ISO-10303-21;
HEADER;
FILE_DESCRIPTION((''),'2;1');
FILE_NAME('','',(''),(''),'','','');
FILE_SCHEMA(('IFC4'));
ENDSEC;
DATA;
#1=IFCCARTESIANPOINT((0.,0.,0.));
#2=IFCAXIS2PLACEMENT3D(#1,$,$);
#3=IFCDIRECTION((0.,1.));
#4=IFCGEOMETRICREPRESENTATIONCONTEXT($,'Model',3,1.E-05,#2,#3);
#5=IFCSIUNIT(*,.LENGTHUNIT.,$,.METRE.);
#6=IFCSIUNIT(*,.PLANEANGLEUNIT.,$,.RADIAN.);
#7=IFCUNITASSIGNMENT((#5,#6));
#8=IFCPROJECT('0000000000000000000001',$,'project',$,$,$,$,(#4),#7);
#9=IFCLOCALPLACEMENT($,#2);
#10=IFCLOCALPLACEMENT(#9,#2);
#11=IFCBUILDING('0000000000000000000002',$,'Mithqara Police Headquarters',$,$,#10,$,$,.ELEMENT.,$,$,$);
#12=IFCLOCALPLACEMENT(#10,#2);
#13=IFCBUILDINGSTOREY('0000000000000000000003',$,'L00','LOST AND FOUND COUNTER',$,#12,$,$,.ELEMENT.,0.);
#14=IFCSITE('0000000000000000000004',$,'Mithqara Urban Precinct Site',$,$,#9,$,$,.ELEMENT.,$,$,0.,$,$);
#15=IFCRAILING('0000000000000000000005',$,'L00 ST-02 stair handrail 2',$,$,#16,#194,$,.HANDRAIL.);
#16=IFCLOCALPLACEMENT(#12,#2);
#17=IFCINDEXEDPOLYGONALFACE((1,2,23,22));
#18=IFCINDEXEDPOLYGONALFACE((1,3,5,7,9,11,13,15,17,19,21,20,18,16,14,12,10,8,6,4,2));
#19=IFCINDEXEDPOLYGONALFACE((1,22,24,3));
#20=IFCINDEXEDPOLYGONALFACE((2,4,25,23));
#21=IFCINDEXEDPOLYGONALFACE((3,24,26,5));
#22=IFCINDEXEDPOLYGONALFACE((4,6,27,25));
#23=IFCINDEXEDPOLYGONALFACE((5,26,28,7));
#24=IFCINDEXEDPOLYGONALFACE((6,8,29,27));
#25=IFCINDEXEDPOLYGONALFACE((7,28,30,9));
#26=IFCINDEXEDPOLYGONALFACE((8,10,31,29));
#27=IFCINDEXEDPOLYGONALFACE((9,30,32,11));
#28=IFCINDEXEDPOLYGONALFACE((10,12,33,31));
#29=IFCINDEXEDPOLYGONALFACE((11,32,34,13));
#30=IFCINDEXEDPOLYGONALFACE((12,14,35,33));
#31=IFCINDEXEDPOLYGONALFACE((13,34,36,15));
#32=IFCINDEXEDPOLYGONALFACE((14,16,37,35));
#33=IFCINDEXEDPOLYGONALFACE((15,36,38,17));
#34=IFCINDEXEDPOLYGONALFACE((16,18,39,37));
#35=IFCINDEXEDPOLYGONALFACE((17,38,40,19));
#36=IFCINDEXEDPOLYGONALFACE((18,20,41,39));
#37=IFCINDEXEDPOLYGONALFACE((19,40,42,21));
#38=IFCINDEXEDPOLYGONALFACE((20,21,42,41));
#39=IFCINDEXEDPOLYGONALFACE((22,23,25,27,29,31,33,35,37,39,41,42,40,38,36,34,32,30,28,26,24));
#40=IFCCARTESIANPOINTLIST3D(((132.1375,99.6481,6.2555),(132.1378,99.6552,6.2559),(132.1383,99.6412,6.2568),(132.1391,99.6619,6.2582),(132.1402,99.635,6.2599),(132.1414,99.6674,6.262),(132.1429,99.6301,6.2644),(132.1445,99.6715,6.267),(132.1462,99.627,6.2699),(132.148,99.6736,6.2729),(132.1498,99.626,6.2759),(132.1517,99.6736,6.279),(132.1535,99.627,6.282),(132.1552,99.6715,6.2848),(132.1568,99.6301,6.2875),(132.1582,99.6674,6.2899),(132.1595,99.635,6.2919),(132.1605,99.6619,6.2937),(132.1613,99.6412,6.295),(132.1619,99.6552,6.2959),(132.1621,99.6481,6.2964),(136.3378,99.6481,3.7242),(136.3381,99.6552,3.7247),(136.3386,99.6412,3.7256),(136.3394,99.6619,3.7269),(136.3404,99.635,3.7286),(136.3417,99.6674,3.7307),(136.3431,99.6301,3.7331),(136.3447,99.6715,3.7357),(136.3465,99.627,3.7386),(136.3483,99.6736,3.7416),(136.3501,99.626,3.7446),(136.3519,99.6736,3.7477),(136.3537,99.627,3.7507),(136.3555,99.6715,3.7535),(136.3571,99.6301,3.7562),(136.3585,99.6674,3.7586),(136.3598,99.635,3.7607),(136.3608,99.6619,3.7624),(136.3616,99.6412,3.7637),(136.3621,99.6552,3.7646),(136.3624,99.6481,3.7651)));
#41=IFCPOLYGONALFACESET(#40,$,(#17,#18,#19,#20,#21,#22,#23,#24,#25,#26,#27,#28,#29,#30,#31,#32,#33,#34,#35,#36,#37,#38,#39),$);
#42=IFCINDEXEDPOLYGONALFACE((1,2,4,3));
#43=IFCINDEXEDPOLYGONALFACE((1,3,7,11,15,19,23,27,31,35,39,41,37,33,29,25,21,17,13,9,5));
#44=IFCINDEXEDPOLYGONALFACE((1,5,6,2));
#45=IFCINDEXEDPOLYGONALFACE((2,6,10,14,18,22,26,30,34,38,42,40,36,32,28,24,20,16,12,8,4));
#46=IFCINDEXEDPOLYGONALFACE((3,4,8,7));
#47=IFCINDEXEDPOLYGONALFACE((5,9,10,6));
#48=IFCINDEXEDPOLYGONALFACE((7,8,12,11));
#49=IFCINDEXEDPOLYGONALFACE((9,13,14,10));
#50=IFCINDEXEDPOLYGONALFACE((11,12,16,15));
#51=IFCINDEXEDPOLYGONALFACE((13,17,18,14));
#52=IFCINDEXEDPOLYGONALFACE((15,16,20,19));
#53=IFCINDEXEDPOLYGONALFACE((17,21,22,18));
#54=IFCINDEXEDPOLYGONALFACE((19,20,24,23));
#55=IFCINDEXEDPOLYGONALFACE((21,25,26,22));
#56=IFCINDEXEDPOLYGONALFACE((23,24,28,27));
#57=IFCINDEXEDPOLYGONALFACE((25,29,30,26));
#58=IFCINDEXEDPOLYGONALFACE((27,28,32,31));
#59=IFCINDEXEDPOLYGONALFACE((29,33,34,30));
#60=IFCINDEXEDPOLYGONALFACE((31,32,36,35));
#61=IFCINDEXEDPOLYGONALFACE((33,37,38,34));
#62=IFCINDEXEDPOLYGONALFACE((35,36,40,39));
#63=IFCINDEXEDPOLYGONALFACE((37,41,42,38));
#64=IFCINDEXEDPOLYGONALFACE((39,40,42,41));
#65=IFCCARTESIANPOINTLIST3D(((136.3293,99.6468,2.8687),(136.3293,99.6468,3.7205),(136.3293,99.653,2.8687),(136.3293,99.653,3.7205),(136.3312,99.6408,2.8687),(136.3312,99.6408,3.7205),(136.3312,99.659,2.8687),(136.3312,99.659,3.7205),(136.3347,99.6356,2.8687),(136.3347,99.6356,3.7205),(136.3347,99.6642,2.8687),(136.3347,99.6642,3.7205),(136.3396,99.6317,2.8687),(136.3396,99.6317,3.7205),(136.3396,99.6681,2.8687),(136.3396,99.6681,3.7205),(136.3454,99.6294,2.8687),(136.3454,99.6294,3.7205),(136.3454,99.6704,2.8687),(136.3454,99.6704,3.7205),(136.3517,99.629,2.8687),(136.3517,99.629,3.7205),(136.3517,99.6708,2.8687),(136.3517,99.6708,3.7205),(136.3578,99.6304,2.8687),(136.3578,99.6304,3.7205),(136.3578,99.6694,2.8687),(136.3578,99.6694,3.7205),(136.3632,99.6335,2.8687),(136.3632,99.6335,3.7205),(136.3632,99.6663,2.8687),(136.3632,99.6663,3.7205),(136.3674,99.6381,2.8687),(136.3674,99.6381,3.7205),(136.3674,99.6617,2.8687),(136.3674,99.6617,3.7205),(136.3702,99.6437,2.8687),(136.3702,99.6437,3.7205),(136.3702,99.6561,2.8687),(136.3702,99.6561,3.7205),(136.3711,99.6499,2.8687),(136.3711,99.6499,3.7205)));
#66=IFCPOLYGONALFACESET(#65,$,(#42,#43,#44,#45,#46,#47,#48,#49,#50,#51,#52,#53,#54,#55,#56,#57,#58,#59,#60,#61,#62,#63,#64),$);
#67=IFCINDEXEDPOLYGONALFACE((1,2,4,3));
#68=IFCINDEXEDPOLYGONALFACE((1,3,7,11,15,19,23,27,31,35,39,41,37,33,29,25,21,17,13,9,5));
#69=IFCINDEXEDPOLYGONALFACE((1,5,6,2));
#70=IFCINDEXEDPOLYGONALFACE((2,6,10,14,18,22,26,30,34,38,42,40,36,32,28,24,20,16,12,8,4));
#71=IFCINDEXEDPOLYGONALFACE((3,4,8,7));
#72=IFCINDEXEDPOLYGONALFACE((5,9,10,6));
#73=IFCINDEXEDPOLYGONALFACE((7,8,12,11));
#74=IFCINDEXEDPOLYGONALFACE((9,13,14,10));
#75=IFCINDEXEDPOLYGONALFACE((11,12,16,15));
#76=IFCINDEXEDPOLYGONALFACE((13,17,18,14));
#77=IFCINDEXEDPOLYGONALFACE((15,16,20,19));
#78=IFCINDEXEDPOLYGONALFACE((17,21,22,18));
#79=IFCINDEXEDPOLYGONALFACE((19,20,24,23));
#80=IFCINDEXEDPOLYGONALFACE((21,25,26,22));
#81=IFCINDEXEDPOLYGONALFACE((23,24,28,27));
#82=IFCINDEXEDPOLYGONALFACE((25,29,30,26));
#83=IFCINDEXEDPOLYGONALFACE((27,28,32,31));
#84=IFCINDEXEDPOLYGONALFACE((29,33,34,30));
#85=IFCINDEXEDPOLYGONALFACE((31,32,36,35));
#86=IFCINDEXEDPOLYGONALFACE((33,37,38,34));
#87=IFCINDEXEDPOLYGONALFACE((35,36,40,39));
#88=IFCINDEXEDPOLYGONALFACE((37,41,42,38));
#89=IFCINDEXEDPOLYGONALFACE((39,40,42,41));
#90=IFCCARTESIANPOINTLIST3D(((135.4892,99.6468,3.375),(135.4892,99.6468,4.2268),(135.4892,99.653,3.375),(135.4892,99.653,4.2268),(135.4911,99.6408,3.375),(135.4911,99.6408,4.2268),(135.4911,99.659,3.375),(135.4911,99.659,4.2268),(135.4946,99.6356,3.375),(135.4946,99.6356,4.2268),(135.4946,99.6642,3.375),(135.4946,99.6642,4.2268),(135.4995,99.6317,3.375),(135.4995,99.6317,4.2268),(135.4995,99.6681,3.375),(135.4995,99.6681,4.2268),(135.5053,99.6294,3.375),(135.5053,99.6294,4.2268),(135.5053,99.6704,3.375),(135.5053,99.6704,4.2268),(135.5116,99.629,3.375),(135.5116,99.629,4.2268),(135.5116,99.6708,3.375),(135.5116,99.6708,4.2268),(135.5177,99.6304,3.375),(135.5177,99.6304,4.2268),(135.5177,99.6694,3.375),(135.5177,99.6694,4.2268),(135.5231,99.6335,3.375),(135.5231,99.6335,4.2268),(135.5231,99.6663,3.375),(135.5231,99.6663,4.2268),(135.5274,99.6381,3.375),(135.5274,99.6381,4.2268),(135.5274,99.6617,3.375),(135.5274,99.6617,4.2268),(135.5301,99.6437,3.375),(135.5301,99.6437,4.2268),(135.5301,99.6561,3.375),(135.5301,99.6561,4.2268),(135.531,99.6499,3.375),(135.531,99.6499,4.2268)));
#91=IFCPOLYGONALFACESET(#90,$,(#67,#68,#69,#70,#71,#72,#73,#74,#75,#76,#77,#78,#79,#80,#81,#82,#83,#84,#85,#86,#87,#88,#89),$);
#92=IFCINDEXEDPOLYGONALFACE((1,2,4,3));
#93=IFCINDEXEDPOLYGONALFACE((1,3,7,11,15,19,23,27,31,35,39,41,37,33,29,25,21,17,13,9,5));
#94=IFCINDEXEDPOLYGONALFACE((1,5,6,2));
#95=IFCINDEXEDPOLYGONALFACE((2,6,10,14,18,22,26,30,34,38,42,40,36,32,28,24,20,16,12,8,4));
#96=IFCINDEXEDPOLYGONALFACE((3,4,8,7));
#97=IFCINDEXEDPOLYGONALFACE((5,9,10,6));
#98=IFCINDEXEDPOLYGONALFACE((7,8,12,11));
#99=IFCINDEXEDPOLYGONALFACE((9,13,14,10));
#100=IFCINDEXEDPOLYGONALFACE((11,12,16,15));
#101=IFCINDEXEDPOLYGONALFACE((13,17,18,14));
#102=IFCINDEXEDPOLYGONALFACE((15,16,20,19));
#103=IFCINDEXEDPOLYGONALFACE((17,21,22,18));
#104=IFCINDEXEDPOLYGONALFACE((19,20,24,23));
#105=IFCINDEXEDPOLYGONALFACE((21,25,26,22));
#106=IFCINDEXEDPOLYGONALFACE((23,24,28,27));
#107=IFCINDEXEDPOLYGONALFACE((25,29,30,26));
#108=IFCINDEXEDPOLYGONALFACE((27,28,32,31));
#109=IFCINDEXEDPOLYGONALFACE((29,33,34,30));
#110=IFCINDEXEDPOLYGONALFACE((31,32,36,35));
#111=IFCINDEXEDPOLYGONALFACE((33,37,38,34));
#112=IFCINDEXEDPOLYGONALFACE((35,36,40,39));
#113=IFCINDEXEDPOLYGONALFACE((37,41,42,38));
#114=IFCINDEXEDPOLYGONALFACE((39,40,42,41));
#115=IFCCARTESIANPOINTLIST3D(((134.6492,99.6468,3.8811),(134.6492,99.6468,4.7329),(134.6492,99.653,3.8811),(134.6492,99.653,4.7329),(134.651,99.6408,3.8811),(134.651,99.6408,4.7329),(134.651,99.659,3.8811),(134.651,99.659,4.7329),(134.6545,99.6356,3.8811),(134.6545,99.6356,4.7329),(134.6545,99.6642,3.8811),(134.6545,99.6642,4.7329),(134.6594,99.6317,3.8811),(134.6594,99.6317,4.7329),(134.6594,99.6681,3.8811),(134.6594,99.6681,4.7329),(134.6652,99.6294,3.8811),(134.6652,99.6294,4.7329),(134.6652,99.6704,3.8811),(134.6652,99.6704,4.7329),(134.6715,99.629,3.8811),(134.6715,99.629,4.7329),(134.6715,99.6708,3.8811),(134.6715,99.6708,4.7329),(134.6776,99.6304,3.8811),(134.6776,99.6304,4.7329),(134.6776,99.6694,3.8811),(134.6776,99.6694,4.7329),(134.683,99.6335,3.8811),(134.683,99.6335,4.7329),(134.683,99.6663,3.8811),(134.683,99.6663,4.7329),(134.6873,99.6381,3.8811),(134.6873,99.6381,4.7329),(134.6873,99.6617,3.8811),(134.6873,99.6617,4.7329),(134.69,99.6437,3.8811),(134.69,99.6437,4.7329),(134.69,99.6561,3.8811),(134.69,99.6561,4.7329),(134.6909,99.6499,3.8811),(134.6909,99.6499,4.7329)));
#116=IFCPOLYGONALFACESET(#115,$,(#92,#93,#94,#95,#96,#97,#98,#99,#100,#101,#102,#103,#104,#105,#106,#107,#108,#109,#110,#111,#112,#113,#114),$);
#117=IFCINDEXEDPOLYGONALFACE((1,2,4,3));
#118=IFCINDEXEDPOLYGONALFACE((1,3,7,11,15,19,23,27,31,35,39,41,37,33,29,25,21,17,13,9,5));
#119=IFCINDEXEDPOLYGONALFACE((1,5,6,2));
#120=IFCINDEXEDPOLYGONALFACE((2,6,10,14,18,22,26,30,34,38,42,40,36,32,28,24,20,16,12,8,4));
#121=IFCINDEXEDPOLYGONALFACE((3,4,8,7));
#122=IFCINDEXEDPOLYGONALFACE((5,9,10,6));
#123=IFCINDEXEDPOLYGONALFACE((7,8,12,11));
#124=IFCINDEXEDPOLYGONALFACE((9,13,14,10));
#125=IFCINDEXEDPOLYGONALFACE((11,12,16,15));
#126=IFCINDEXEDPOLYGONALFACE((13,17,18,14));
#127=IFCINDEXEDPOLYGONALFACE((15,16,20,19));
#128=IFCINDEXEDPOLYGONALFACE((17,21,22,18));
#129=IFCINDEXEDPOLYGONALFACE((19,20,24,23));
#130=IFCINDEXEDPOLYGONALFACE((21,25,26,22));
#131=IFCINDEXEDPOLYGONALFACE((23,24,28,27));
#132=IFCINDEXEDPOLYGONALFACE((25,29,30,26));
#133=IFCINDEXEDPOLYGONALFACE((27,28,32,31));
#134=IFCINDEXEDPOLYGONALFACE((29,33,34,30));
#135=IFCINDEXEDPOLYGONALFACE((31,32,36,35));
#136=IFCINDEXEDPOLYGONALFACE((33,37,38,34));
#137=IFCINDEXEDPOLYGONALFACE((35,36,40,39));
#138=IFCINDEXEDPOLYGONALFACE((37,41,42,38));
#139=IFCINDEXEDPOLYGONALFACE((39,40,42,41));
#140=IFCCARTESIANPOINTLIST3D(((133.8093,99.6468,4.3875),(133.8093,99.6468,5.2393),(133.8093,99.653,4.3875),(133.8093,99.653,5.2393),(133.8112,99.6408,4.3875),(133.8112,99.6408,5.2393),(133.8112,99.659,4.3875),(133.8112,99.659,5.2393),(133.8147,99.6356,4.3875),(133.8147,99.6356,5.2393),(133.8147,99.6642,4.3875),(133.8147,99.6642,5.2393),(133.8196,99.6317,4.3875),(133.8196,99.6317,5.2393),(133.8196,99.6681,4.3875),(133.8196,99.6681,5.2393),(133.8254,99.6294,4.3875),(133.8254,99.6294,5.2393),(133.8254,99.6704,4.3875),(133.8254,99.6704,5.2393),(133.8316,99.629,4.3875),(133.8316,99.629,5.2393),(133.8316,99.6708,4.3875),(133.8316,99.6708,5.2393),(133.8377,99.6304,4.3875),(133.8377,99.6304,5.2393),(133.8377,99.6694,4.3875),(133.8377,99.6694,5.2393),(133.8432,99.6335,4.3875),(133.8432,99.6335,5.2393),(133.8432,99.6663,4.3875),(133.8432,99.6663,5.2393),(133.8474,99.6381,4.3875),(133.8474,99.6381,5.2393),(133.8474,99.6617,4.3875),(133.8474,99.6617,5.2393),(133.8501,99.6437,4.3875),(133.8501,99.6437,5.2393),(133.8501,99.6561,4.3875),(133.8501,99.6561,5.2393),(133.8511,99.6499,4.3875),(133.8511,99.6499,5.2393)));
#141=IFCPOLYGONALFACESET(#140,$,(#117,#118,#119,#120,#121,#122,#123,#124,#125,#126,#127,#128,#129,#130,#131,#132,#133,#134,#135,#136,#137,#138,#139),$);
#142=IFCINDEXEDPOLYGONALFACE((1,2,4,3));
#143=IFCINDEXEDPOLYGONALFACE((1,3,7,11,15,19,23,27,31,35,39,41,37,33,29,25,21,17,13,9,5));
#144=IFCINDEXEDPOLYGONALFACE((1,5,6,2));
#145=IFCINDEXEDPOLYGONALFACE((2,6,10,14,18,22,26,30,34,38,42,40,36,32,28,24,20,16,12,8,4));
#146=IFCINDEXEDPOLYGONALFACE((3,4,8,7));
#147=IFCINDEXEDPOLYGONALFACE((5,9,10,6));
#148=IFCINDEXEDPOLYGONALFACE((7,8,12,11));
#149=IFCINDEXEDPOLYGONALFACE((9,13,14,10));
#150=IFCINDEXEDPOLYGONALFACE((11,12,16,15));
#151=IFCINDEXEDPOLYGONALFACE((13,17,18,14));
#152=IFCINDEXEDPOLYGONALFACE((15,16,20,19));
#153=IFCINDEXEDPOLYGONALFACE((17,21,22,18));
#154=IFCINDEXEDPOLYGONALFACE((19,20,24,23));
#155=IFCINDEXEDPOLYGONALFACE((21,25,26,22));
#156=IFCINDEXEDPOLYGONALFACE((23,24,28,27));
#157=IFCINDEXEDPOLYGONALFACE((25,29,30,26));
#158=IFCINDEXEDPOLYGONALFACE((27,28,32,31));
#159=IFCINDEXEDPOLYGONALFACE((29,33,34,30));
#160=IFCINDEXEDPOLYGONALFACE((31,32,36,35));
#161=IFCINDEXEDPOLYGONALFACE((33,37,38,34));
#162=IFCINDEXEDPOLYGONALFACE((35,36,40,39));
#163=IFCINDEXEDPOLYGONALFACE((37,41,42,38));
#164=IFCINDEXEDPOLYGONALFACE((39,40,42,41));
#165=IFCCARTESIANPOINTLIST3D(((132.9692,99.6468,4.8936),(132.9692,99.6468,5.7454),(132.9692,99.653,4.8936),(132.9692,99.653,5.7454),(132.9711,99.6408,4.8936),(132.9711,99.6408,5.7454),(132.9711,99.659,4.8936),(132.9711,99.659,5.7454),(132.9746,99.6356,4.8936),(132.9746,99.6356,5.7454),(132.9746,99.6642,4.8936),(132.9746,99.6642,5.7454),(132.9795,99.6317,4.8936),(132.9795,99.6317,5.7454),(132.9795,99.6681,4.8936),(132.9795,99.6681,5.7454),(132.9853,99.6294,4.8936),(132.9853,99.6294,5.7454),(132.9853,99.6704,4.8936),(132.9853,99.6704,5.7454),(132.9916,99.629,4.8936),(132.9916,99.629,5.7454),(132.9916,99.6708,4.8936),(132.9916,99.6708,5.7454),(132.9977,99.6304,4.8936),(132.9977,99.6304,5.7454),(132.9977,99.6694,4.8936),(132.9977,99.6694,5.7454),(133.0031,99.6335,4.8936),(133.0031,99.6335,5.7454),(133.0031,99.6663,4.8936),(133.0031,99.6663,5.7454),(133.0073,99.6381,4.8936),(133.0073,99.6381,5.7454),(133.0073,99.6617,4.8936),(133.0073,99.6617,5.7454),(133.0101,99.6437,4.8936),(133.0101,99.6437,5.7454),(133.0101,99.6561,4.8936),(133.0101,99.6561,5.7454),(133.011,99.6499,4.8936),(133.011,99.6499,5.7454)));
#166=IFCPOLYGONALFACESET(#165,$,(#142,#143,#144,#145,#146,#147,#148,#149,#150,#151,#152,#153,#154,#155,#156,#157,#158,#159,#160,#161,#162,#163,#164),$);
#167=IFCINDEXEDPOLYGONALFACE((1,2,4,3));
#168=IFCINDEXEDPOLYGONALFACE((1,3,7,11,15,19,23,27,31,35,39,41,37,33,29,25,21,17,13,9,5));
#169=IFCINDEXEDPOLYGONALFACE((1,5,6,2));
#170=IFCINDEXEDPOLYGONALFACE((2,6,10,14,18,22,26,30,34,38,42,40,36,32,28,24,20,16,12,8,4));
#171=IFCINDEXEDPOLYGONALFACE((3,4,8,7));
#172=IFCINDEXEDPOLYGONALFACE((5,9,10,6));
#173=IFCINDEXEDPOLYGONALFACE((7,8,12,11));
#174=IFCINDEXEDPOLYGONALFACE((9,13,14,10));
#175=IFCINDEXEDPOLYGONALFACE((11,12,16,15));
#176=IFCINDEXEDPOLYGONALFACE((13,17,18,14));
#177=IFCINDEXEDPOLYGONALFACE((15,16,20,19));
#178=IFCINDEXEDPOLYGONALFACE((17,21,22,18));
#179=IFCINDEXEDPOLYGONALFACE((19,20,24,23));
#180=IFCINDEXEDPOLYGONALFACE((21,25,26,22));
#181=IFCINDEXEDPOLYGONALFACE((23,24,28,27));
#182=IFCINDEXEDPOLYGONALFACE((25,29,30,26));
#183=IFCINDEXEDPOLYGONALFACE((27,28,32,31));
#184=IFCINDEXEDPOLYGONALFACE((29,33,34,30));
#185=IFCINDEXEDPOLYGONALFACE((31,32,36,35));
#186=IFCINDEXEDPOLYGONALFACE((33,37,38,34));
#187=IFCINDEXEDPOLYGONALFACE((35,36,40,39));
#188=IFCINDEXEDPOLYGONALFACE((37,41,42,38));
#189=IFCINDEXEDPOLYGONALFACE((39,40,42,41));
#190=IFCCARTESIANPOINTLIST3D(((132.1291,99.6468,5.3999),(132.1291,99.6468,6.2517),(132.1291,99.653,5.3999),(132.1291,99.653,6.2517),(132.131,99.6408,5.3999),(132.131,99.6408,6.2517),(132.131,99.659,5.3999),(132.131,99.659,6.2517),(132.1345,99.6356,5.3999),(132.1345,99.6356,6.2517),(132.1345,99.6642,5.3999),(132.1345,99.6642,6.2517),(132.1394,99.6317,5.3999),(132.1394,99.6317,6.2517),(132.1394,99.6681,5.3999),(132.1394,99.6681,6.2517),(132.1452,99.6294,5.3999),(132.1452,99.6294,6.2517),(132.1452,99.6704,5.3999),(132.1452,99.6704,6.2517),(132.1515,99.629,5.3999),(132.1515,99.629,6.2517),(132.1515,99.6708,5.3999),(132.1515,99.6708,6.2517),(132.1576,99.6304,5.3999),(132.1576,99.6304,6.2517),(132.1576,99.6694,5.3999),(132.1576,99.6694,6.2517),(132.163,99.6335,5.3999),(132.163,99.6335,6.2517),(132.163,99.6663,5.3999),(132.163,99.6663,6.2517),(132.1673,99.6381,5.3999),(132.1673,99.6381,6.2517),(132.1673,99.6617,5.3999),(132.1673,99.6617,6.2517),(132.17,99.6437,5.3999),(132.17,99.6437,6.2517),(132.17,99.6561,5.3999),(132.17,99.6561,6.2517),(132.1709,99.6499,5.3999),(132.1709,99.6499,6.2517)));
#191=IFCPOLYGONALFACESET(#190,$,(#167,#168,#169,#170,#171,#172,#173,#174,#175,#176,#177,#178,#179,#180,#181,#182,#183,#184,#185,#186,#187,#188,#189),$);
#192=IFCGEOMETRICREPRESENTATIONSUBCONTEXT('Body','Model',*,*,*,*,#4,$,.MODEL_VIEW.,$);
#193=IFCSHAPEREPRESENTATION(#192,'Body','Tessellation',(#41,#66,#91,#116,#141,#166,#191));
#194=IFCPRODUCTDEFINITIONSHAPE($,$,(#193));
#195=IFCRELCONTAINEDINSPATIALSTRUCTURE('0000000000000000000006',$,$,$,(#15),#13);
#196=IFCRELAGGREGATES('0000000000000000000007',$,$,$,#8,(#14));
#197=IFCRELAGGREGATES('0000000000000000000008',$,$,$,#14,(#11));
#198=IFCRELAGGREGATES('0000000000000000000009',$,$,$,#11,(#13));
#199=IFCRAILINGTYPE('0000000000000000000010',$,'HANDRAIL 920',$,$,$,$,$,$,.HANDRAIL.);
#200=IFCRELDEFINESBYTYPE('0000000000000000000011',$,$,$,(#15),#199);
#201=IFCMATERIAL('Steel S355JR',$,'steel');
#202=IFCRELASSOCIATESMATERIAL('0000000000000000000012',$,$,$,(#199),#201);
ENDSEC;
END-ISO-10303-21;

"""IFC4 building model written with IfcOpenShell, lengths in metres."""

from ifc_helpers import new_model, si_unit, direction, frame, origin, origin_2d, place, context, subcontext, project, spatial, circle, extrude, material, type_object, element, save


model = new_model("IFC4")

# Units and contexts
model_context = context("Model", 3, precision=1e-05, world=origin(), true_north=direction((0.0, 1.0)))
body_context = subcontext(model_context, "Body", "Model", "MODEL_VIEW")
ifc_project = project(units=[si_unit("LENGTHUNIT", "METRE"), si_unit("PLANEANGLEUNIT", "RADIAN")], contexts=[model_context])

# Site, building, storey
site_placement = place(None, origin())
site = spatial("IfcSite", under=ifc_project, at=site_placement, Name="Mithqara Urban Precinct Site", CompositionType="ELEMENT", RefElevation=0.0)
building_placement = place(site_placement, origin())
building = spatial("IfcBuilding", under=site, at=building_placement, Name="Mithqara Police Headquarters", CompositionType="ELEMENT")
storey_placement = place(building_placement, origin())
storey = spatial("IfcBuildingStorey", under=building, at=storey_placement, Name="L00", Description="LOST AND FOUND COUNTER", CompositionType="ELEMENT", Elevation=0.0)

# Shared definitions
ifc_material_1 = material(Name="Steel S355JR", Category="steel")

# Railing
railing_type_1 = type_object("IfcRailingType", Name="HANDRAIL 920", PredefinedType="HANDRAIL", material=ifc_material_1)
railing_1_placement = place(storey_placement, frame((136.3501, 99.6499, 2.8687)))
element("IfcRailing", 1, at=railing_1_placement, inside=storey, type_object=railing_type_1, Name="L00 ST-02 stair handrail 2", PredefinedType="HANDRAIL", context=body_context, shape_type="SweptSolid", body=[
    extrude(circle(Radius=0.0239, at=origin_2d()), frame((0.0, 0.0, 0.876), z_axis=(-0.85649, 0.0, 0.516164), x_axis=(0.0, -1.0, 0.0)), (0.0, 0.0, 1.0), 4.9041),
    extrude(circle(Radius=0.021, at=origin_2d()), origin(), (0.0, 0.0, 1.0), 0.8518),
    extrude(circle(Radius=0.021, at=origin_2d()), frame((-0.8401, 0.0, 0.5063)), (0.0, 0.0, 1.0), 0.8518),
    extrude(circle(Radius=0.021, at=origin_2d()), frame((-1.6802, 0.0, 1.0125)), (0.0, 0.0, 1.0), 0.8518),
    extrude(circle(Radius=0.021, at=origin_2d()), frame((-2.52, 0.0, 1.5188)), (0.0, 0.0, 1.0), 0.8518),
    extrude(circle(Radius=0.021, at=origin_2d()), frame((-3.3601, 0.0, 2.0249)), (0.0, 0.0, 1.0), 0.8518),
    extrude(circle(Radius=0.021, at=origin_2d()), frame((-4.2002, 0.0, 2.5312)), (0.0, 0.0, 1.0), 0.8518),
])

save(model, "model.ifc")
